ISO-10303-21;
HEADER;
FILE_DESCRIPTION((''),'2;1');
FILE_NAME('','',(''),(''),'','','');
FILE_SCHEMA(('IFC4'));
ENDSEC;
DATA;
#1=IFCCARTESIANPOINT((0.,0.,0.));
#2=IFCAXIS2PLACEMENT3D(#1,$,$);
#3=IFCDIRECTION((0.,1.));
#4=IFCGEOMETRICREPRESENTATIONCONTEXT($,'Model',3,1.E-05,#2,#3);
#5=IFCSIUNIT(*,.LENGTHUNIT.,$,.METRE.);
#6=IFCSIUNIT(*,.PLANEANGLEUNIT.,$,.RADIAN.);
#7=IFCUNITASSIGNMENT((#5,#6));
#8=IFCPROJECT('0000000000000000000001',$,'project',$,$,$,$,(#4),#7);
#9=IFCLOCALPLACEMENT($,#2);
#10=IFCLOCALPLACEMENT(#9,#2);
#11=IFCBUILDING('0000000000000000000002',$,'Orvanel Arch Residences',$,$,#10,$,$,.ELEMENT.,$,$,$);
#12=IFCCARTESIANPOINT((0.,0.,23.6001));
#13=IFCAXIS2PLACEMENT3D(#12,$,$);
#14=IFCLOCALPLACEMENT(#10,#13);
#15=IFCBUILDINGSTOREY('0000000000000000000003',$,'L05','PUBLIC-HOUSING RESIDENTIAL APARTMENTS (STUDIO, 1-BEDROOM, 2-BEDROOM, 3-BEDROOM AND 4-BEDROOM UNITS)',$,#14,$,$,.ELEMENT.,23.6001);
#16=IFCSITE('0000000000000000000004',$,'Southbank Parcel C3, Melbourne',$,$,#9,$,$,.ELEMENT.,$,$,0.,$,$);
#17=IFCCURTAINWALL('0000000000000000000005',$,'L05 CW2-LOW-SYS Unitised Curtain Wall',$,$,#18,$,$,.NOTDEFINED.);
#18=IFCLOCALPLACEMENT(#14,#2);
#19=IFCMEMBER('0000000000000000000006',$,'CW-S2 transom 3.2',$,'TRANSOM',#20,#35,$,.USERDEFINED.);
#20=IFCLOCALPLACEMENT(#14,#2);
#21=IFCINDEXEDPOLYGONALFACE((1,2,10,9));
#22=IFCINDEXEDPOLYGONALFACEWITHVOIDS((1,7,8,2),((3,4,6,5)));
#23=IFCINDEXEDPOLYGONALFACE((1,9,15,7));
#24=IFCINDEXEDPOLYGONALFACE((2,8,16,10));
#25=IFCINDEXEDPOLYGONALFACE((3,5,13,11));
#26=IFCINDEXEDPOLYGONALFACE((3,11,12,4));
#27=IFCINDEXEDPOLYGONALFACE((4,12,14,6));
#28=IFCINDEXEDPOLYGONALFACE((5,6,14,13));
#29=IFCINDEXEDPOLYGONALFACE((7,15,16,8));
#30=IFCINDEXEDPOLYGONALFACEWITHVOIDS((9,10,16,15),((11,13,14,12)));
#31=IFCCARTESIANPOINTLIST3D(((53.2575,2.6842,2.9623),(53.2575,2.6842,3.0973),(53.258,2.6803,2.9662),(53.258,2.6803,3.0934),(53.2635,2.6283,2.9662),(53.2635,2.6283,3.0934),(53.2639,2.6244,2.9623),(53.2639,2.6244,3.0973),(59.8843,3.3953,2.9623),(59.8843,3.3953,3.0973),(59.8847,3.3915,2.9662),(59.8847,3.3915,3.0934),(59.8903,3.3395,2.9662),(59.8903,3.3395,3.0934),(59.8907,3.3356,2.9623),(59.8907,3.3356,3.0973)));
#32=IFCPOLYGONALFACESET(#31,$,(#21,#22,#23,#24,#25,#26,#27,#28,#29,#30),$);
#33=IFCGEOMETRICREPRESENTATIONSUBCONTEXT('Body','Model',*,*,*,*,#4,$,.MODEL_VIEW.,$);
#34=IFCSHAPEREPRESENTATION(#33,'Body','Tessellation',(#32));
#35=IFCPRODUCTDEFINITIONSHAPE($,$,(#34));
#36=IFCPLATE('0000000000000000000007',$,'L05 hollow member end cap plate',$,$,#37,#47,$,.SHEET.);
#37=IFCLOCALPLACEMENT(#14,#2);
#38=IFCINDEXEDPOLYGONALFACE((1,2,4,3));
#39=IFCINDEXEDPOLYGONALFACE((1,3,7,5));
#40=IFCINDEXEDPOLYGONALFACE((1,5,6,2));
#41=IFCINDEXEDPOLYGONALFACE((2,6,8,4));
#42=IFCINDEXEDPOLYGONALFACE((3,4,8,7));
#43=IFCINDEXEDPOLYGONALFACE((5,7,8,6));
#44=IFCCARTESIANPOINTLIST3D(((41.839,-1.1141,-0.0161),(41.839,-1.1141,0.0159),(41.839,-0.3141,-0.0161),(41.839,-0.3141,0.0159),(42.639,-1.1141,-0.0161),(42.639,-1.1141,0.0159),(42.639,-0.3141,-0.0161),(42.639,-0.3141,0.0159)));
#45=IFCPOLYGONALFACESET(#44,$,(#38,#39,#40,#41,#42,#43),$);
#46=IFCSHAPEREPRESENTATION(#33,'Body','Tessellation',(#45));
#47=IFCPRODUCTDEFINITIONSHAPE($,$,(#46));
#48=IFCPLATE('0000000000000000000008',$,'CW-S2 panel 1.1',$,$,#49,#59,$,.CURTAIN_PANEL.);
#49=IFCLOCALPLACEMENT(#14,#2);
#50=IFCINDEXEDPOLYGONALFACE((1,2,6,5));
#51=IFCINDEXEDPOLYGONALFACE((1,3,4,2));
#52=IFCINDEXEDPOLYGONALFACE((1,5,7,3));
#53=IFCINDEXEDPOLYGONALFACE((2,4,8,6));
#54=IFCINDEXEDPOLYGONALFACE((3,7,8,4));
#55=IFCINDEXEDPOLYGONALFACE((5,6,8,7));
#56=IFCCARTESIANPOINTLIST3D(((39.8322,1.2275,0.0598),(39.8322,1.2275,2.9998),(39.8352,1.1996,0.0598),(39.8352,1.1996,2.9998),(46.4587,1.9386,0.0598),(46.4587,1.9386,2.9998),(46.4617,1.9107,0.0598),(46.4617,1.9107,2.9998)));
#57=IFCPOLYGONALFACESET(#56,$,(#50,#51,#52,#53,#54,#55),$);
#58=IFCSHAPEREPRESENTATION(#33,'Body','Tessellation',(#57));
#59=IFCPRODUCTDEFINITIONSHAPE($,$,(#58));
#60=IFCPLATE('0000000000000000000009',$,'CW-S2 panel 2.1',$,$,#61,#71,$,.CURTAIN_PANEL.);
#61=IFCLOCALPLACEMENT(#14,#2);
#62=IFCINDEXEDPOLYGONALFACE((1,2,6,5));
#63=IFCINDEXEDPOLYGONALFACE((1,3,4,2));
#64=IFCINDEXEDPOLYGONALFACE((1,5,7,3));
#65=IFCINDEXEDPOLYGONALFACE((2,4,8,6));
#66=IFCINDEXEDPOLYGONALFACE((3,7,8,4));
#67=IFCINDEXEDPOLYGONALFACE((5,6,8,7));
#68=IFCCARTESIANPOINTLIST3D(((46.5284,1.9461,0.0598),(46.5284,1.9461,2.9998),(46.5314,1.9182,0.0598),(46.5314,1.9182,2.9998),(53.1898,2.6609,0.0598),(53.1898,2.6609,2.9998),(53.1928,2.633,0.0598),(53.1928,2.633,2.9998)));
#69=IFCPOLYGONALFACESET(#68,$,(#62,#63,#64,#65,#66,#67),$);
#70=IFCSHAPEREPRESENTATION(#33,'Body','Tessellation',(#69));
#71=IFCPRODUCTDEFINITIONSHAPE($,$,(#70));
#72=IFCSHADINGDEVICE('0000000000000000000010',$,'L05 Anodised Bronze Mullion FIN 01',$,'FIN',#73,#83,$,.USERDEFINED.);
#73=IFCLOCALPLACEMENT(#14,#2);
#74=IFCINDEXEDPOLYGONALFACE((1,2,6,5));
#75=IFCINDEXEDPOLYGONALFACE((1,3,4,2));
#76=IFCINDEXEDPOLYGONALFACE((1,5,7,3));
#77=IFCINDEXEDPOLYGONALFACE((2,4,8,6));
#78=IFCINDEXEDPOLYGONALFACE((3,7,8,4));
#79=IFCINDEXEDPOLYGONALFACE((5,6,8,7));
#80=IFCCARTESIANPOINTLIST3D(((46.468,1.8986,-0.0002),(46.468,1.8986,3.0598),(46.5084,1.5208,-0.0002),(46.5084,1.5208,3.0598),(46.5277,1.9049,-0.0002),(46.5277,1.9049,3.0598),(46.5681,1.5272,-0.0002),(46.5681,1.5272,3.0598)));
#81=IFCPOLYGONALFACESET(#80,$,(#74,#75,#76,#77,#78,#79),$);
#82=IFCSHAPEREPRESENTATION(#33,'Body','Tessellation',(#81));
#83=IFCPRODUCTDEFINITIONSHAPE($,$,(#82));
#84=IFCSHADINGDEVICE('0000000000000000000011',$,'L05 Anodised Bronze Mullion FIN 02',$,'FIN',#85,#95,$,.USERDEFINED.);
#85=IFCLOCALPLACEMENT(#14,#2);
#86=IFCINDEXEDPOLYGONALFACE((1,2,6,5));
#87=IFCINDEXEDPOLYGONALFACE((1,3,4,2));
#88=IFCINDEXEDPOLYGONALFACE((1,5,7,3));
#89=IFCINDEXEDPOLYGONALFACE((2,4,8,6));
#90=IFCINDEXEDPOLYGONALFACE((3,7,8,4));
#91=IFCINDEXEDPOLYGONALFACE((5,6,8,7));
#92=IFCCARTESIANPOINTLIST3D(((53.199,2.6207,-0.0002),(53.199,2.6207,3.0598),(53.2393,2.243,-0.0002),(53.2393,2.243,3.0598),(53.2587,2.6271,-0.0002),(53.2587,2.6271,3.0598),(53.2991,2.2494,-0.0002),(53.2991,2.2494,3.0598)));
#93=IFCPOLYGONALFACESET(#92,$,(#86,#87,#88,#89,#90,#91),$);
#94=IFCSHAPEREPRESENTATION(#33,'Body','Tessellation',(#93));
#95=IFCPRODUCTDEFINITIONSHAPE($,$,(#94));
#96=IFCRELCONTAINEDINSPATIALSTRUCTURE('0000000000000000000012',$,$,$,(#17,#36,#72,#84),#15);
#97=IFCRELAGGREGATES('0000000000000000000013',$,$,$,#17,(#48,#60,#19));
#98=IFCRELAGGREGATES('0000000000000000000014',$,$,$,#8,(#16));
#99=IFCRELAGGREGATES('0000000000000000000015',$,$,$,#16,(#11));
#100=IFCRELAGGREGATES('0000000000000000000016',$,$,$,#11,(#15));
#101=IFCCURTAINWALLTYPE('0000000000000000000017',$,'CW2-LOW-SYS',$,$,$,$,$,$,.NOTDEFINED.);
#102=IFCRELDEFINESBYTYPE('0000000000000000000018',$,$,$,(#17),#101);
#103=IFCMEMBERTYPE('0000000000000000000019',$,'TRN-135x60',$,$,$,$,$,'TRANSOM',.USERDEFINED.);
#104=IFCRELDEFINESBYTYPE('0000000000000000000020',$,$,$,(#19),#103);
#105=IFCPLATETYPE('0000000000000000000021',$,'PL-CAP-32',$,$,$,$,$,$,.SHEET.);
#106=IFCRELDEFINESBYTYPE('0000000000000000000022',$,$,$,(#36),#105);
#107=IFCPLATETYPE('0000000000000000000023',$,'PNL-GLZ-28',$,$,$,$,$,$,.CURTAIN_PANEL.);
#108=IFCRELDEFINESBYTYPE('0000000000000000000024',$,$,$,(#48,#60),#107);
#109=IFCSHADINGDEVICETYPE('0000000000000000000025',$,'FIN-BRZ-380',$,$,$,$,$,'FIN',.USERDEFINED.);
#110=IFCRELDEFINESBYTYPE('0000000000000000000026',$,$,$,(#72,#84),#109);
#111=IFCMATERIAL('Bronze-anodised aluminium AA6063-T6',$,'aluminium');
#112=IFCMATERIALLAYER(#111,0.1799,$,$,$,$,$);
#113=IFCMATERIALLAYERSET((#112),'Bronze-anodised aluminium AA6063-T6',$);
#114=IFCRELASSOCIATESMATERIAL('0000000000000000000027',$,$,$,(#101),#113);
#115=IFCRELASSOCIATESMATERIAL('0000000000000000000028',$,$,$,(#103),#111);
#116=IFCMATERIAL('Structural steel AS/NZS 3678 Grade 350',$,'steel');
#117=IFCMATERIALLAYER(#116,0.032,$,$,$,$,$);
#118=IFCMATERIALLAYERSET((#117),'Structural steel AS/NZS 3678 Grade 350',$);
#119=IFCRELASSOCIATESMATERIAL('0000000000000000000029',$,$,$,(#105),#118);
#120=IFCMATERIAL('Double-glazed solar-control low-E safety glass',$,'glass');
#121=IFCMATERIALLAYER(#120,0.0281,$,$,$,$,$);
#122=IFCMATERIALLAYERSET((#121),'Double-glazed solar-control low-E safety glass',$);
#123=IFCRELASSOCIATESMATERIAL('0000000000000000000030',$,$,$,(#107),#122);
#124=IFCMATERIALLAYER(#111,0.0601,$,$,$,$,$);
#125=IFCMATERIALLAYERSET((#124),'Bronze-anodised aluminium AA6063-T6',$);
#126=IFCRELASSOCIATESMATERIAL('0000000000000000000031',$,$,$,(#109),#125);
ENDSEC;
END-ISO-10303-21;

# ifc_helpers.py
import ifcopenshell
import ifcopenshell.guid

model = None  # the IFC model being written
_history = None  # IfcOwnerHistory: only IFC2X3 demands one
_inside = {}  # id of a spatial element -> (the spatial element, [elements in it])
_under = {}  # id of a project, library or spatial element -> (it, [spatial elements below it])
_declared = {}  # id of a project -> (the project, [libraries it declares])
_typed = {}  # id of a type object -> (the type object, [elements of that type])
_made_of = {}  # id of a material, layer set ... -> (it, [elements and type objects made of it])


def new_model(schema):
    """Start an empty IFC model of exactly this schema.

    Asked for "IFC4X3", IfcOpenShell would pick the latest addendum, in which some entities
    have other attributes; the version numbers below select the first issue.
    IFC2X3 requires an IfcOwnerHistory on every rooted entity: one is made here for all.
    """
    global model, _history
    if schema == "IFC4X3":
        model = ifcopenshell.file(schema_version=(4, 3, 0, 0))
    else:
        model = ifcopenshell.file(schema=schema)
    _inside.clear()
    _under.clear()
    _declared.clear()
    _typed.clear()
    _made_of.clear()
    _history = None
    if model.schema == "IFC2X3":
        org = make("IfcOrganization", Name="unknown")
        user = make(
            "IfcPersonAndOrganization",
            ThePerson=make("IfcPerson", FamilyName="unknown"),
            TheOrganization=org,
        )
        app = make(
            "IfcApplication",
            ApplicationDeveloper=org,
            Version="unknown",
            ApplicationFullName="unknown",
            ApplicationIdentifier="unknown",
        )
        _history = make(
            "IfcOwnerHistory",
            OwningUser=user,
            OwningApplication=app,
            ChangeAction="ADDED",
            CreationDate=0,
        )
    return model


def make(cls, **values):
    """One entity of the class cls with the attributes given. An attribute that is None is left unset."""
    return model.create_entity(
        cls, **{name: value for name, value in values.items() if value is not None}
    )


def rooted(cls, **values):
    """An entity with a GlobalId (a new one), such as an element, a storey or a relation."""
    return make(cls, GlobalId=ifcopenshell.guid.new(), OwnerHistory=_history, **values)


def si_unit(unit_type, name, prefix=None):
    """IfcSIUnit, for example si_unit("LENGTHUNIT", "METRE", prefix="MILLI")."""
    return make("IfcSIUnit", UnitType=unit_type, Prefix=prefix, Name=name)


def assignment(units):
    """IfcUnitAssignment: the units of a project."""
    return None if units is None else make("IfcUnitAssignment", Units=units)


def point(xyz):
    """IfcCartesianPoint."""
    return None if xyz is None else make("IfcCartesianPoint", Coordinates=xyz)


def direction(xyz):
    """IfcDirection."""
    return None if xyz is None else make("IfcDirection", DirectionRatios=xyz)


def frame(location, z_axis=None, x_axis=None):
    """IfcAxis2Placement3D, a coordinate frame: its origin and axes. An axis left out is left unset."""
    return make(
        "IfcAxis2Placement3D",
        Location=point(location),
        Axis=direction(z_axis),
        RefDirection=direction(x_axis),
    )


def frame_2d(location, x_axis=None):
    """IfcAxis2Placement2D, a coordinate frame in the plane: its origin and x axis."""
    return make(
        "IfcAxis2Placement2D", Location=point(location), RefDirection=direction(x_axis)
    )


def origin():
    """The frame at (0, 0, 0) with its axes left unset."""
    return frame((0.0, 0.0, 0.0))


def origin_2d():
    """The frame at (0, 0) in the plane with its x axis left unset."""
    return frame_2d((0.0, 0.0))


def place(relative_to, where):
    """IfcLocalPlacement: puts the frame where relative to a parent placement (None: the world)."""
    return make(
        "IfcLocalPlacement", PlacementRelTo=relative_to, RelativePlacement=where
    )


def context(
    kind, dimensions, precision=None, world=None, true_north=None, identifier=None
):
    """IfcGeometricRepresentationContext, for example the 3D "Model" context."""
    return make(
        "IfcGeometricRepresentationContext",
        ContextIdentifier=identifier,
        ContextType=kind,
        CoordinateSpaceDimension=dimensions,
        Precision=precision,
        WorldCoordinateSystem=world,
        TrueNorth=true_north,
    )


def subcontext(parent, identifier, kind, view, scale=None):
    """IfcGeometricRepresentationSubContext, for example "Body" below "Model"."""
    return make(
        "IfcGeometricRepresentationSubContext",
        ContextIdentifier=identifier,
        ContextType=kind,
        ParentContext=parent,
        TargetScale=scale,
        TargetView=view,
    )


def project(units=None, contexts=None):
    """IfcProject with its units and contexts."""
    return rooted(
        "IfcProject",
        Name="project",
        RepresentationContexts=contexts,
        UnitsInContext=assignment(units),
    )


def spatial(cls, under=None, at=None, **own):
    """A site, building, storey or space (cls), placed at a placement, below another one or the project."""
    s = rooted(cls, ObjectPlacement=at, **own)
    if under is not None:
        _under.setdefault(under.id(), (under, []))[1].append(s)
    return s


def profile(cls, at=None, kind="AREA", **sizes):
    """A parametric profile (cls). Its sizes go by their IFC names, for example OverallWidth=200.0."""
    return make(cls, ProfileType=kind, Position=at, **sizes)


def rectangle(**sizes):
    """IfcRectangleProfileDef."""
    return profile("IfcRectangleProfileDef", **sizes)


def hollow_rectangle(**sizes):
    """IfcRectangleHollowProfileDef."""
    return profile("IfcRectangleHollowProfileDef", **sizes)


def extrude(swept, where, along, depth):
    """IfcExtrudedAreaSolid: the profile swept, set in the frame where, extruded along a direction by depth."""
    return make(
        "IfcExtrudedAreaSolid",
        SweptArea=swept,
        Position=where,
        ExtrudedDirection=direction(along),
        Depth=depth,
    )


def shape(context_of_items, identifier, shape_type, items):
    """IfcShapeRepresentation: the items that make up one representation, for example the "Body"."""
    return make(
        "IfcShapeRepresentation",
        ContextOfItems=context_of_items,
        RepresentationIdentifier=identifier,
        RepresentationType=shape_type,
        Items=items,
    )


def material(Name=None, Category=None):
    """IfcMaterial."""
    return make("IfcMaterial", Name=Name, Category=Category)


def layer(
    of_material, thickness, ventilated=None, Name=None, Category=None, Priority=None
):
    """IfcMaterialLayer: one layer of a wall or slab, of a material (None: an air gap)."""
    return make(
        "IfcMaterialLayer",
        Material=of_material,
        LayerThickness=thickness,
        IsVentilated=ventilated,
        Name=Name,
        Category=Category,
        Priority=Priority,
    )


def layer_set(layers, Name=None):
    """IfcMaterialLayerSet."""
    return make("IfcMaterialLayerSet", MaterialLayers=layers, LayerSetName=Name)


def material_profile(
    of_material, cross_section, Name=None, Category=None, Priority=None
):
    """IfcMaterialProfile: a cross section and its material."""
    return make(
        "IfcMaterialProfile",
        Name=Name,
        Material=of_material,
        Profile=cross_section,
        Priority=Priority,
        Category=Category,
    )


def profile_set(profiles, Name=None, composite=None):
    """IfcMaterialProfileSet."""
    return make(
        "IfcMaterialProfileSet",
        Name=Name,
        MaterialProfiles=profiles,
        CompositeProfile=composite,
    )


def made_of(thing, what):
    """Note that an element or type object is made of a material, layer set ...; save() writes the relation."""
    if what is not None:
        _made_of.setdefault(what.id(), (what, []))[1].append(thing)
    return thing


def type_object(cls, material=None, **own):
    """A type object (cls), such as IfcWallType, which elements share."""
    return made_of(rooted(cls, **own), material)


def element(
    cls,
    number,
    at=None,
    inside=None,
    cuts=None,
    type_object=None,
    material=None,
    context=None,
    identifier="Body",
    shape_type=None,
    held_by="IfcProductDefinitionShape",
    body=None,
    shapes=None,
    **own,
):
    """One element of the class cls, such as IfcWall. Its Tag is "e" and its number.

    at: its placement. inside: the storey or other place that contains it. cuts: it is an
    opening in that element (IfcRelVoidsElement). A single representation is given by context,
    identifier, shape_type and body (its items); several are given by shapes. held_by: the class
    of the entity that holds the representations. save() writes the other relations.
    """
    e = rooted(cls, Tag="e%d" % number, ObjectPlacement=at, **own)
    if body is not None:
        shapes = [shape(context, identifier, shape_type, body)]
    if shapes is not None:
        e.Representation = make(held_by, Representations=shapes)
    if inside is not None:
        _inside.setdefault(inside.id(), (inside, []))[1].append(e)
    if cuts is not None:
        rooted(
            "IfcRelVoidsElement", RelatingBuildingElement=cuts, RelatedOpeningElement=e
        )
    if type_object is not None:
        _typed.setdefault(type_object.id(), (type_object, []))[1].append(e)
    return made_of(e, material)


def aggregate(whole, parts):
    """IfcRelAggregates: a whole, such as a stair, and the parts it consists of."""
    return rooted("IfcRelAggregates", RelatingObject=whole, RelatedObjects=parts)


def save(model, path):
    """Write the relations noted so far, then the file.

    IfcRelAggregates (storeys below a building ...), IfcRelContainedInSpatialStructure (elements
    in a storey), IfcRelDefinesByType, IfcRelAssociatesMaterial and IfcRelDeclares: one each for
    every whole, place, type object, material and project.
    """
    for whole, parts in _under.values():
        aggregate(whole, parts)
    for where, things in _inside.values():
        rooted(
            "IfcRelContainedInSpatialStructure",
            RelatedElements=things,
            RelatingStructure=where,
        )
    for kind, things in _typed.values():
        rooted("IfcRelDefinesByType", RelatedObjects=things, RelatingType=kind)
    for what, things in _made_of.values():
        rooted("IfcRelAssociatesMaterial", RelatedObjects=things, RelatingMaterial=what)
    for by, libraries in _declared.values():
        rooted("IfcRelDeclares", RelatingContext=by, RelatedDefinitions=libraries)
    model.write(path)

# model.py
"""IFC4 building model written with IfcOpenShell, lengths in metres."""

from ifc_helpers import new_model, si_unit, direction, frame, origin, origin_2d, place, context, subcontext, project, spatial, rectangle, hollow_rectangle, extrude, material, layer, layer_set, material_profile, profile_set, type_object, element, aggregate, save


model = new_model("IFC4")

# Units and contexts
model_context = context("Model", 3, precision=1e-05, world=origin(), true_north=direction((0.0, 1.0)))
body_context = subcontext(model_context, "Body", "Model", "MODEL_VIEW")
ifc_project = project(units=[si_unit("LENGTHUNIT", "METRE"), si_unit("PLANEANGLEUNIT", "RADIAN")], contexts=[model_context])

# Site, building, storey
site_placement = place(None, origin())
site = spatial("IfcSite", under=ifc_project, at=site_placement, Name="Southbank Parcel C3, Melbourne", CompositionType="ELEMENT", RefElevation=0.0)
building_placement = place(site_placement, origin())
building = spatial("IfcBuilding", under=site, at=building_placement, Name="Orvanel Arch Residences", CompositionType="ELEMENT")
storey_placement = place(building_placement, frame((0.0, 0.0, 23.6001)))
storey = spatial("IfcBuildingStorey", under=building, at=storey_placement, Name="L05", Description="PUBLIC-HOUSING RESIDENTIAL APARTMENTS (STUDIO, 1-BEDROOM, 2-BEDROOM, 3-BEDROOM AND 4-BEDROOM UNITS)", CompositionType="ELEMENT", Elevation=23.6001)

# Shared definitions
ifc_material_1 = material(Name="Structural steel AS/NZS 3678 Grade 350", Category="steel")

# Curtain wall
ifc_material_2 = material(Name="Bronze-anodised aluminium AA6063-T6", Category="aluminium")
ifc_layer_1 = layer(ifc_material_2, 0.1799)
ifc_layer_set_1 = layer_set([ifc_layer_1], Name="Bronze-anodised aluminium AA6063-T6")
curtain_wall_type = type_object("IfcCurtainWallType", Name="CW2-LOW-SYS", PredefinedType="NOTDEFINED", material=ifc_layer_set_1)
curtain_wall_placement = place(storey_placement, origin())
curtain_wall = element("IfcCurtainWall", 1, at=curtain_wall_placement, inside=storey, type_object=curtain_wall_type, Name="L05 CW2-LOW-SYS Unitised Curtain Wall", PredefinedType="NOTDEFINED")

# Member
ifc_material_profile_1 = material_profile(ifc_material_2, hollow_rectangle(XDim=0.0601, YDim=0.135, WallThickness=0.0039, at=origin_2d()), Name="ALU135x60x4")
ifc_profile_set_1 = profile_set([ifc_material_profile_1], Name="Bronze-anodised aluminium AA6063-T6")
member_type_1 = type_object("IfcMemberType", Name="TRN-135x60", ElementType="TRANSOM", PredefinedType="USERDEFINED", material=ifc_profile_set_1)
member_1_placement = place(storey_placement, frame((53.2607, 2.6543, 3.0298), z_axis=(0.99429, 0.106708, 0.0), x_axis=(-0.106708, 0.99429, 0.0)))
member_1 = element("IfcMember", 2, at=member_1_placement, type_object=member_type_1, Name="CW-S2 transom 3.2", ObjectType="TRANSOM", PredefinedType="USERDEFINED", context=body_context, shape_type="SweptSolid", body=[
    extrude(hollow_rectangle(XDim=0.0601, YDim=0.135, WallThickness=0.0039, at=origin_2d()), origin(), (0.0, 0.0, 1.0), 6.6648),
])

# Plates
ifc_layer_2 = layer(ifc_material_1, 0.032)
ifc_layer_set_2 = layer_set([ifc_layer_2], Name="Structural steel AS/NZS 3678 Grade 350")
plate_type_1 = type_object("IfcPlateType", Name="PL-CAP-32", PredefinedType="SHEET", material=ifc_layer_set_2)
plate_1_placement = place(storey_placement, frame((42.239, -0.7141, -0.0161), z_axis=(0.0, 0.0, 1.0), x_axis=(1.0, 0.0, 0.0)))
element("IfcPlate", 3, at=plate_1_placement, inside=storey, type_object=plate_type_1, Name="L05 hollow member end cap plate", PredefinedType="SHEET", context=body_context, shape_type="SweptSolid", body=[
    extrude(rectangle(XDim=0.8, YDim=0.8, at=origin_2d()), origin(), (0.0, 0.0, 1.0), 0.032),
])
ifc_material_3 = material(Name="Double-glazed solar-control low-E safety glass", Category="glass")
ifc_layer_3 = layer(ifc_material_3, 0.0281)
ifc_layer_set_3 = layer_set([ifc_layer_3], Name="Double-glazed solar-control low-E safety glass")
plate_type_2 = type_object("IfcPlateType", Name="PNL-GLZ-28", PredefinedType="CURTAIN_PANEL", material=ifc_layer_set_3)
plate_2_placement = place(storey_placement, frame((43.147, 1.5691, 0.0598), z_axis=(0.0, 0.0, 1.0), x_axis=(0.994291, 0.106702, 0.0)))
plate_2 = element("IfcPlate", 4, at=plate_2_placement, type_object=plate_type_2, Name="CW-S2 panel 1.1", PredefinedType="CURTAIN_PANEL", context=body_context, shape_type="SweptSolid", body=[
    extrude(rectangle(XDim=6.6646, YDim=0.0281, at=origin_2d()), origin(), (0.0, 0.0, 1.0), 2.9399),
])
plate_3_placement = place(storey_placement, frame((49.8606, 2.2896, 0.0598), z_axis=(0.0, 0.0, 1.0), x_axis=(0.994291, 0.106702, 0.0)))
plate_3 = element("IfcPlate", 5, at=plate_3_placement, type_object=plate_type_2, Name="CW-S2 panel 2.1", PredefinedType="CURTAIN_PANEL", context=body_context, shape_type="SweptSolid", body=[
    extrude(rectangle(XDim=6.6997, YDim=0.0281, at=origin_2d()), origin(), (0.0, 0.0, 1.0), 2.9399),
])
aggregate(curtain_wall, [plate_2, plate_3, member_1])

# Shading devices
ifc_layer_4 = layer(ifc_material_2, 0.0601)
ifc_layer_set_4 = layer_set([ifc_layer_4], Name="Bronze-anodised aluminium AA6063-T6")
shading_device_type = type_object("IfcShadingDeviceType", Name="FIN-BRZ-380", ElementType="FIN", PredefinedType="USERDEFINED", material=ifc_layer_set_4)
for number, where, z_axis, x_axis, name in (
    (6, (46.5181, 1.7129, -0.0002), (0.0, 0.0, 1.0), (0.106264, -0.994338, 0.0), "L05 Anodised Bronze Mullion FIN 01"),
    (7, (53.249, 2.4351, -0.0002), (0.0, 0.0, 1.0), (0.106264, -0.994338, 0.0), "L05 Anodised Bronze Mullion FIN 02"),
):
    element("IfcShadingDevice", number, at=place(storey_placement, frame(where, z_axis=z_axis, x_axis=x_axis)), inside=storey, type_object=shading_device_type, Name=name, ObjectType="FIN", PredefinedType="USERDEFINED", context=body_context, shape_type="SweptSolid", body=[
        extrude(rectangle(XDim=0.3799, YDim=0.0601, at=origin_2d()), origin(), (0.0, 0.0, 1.0), 3.0601),
    ])

save(model, "model.ifc")
